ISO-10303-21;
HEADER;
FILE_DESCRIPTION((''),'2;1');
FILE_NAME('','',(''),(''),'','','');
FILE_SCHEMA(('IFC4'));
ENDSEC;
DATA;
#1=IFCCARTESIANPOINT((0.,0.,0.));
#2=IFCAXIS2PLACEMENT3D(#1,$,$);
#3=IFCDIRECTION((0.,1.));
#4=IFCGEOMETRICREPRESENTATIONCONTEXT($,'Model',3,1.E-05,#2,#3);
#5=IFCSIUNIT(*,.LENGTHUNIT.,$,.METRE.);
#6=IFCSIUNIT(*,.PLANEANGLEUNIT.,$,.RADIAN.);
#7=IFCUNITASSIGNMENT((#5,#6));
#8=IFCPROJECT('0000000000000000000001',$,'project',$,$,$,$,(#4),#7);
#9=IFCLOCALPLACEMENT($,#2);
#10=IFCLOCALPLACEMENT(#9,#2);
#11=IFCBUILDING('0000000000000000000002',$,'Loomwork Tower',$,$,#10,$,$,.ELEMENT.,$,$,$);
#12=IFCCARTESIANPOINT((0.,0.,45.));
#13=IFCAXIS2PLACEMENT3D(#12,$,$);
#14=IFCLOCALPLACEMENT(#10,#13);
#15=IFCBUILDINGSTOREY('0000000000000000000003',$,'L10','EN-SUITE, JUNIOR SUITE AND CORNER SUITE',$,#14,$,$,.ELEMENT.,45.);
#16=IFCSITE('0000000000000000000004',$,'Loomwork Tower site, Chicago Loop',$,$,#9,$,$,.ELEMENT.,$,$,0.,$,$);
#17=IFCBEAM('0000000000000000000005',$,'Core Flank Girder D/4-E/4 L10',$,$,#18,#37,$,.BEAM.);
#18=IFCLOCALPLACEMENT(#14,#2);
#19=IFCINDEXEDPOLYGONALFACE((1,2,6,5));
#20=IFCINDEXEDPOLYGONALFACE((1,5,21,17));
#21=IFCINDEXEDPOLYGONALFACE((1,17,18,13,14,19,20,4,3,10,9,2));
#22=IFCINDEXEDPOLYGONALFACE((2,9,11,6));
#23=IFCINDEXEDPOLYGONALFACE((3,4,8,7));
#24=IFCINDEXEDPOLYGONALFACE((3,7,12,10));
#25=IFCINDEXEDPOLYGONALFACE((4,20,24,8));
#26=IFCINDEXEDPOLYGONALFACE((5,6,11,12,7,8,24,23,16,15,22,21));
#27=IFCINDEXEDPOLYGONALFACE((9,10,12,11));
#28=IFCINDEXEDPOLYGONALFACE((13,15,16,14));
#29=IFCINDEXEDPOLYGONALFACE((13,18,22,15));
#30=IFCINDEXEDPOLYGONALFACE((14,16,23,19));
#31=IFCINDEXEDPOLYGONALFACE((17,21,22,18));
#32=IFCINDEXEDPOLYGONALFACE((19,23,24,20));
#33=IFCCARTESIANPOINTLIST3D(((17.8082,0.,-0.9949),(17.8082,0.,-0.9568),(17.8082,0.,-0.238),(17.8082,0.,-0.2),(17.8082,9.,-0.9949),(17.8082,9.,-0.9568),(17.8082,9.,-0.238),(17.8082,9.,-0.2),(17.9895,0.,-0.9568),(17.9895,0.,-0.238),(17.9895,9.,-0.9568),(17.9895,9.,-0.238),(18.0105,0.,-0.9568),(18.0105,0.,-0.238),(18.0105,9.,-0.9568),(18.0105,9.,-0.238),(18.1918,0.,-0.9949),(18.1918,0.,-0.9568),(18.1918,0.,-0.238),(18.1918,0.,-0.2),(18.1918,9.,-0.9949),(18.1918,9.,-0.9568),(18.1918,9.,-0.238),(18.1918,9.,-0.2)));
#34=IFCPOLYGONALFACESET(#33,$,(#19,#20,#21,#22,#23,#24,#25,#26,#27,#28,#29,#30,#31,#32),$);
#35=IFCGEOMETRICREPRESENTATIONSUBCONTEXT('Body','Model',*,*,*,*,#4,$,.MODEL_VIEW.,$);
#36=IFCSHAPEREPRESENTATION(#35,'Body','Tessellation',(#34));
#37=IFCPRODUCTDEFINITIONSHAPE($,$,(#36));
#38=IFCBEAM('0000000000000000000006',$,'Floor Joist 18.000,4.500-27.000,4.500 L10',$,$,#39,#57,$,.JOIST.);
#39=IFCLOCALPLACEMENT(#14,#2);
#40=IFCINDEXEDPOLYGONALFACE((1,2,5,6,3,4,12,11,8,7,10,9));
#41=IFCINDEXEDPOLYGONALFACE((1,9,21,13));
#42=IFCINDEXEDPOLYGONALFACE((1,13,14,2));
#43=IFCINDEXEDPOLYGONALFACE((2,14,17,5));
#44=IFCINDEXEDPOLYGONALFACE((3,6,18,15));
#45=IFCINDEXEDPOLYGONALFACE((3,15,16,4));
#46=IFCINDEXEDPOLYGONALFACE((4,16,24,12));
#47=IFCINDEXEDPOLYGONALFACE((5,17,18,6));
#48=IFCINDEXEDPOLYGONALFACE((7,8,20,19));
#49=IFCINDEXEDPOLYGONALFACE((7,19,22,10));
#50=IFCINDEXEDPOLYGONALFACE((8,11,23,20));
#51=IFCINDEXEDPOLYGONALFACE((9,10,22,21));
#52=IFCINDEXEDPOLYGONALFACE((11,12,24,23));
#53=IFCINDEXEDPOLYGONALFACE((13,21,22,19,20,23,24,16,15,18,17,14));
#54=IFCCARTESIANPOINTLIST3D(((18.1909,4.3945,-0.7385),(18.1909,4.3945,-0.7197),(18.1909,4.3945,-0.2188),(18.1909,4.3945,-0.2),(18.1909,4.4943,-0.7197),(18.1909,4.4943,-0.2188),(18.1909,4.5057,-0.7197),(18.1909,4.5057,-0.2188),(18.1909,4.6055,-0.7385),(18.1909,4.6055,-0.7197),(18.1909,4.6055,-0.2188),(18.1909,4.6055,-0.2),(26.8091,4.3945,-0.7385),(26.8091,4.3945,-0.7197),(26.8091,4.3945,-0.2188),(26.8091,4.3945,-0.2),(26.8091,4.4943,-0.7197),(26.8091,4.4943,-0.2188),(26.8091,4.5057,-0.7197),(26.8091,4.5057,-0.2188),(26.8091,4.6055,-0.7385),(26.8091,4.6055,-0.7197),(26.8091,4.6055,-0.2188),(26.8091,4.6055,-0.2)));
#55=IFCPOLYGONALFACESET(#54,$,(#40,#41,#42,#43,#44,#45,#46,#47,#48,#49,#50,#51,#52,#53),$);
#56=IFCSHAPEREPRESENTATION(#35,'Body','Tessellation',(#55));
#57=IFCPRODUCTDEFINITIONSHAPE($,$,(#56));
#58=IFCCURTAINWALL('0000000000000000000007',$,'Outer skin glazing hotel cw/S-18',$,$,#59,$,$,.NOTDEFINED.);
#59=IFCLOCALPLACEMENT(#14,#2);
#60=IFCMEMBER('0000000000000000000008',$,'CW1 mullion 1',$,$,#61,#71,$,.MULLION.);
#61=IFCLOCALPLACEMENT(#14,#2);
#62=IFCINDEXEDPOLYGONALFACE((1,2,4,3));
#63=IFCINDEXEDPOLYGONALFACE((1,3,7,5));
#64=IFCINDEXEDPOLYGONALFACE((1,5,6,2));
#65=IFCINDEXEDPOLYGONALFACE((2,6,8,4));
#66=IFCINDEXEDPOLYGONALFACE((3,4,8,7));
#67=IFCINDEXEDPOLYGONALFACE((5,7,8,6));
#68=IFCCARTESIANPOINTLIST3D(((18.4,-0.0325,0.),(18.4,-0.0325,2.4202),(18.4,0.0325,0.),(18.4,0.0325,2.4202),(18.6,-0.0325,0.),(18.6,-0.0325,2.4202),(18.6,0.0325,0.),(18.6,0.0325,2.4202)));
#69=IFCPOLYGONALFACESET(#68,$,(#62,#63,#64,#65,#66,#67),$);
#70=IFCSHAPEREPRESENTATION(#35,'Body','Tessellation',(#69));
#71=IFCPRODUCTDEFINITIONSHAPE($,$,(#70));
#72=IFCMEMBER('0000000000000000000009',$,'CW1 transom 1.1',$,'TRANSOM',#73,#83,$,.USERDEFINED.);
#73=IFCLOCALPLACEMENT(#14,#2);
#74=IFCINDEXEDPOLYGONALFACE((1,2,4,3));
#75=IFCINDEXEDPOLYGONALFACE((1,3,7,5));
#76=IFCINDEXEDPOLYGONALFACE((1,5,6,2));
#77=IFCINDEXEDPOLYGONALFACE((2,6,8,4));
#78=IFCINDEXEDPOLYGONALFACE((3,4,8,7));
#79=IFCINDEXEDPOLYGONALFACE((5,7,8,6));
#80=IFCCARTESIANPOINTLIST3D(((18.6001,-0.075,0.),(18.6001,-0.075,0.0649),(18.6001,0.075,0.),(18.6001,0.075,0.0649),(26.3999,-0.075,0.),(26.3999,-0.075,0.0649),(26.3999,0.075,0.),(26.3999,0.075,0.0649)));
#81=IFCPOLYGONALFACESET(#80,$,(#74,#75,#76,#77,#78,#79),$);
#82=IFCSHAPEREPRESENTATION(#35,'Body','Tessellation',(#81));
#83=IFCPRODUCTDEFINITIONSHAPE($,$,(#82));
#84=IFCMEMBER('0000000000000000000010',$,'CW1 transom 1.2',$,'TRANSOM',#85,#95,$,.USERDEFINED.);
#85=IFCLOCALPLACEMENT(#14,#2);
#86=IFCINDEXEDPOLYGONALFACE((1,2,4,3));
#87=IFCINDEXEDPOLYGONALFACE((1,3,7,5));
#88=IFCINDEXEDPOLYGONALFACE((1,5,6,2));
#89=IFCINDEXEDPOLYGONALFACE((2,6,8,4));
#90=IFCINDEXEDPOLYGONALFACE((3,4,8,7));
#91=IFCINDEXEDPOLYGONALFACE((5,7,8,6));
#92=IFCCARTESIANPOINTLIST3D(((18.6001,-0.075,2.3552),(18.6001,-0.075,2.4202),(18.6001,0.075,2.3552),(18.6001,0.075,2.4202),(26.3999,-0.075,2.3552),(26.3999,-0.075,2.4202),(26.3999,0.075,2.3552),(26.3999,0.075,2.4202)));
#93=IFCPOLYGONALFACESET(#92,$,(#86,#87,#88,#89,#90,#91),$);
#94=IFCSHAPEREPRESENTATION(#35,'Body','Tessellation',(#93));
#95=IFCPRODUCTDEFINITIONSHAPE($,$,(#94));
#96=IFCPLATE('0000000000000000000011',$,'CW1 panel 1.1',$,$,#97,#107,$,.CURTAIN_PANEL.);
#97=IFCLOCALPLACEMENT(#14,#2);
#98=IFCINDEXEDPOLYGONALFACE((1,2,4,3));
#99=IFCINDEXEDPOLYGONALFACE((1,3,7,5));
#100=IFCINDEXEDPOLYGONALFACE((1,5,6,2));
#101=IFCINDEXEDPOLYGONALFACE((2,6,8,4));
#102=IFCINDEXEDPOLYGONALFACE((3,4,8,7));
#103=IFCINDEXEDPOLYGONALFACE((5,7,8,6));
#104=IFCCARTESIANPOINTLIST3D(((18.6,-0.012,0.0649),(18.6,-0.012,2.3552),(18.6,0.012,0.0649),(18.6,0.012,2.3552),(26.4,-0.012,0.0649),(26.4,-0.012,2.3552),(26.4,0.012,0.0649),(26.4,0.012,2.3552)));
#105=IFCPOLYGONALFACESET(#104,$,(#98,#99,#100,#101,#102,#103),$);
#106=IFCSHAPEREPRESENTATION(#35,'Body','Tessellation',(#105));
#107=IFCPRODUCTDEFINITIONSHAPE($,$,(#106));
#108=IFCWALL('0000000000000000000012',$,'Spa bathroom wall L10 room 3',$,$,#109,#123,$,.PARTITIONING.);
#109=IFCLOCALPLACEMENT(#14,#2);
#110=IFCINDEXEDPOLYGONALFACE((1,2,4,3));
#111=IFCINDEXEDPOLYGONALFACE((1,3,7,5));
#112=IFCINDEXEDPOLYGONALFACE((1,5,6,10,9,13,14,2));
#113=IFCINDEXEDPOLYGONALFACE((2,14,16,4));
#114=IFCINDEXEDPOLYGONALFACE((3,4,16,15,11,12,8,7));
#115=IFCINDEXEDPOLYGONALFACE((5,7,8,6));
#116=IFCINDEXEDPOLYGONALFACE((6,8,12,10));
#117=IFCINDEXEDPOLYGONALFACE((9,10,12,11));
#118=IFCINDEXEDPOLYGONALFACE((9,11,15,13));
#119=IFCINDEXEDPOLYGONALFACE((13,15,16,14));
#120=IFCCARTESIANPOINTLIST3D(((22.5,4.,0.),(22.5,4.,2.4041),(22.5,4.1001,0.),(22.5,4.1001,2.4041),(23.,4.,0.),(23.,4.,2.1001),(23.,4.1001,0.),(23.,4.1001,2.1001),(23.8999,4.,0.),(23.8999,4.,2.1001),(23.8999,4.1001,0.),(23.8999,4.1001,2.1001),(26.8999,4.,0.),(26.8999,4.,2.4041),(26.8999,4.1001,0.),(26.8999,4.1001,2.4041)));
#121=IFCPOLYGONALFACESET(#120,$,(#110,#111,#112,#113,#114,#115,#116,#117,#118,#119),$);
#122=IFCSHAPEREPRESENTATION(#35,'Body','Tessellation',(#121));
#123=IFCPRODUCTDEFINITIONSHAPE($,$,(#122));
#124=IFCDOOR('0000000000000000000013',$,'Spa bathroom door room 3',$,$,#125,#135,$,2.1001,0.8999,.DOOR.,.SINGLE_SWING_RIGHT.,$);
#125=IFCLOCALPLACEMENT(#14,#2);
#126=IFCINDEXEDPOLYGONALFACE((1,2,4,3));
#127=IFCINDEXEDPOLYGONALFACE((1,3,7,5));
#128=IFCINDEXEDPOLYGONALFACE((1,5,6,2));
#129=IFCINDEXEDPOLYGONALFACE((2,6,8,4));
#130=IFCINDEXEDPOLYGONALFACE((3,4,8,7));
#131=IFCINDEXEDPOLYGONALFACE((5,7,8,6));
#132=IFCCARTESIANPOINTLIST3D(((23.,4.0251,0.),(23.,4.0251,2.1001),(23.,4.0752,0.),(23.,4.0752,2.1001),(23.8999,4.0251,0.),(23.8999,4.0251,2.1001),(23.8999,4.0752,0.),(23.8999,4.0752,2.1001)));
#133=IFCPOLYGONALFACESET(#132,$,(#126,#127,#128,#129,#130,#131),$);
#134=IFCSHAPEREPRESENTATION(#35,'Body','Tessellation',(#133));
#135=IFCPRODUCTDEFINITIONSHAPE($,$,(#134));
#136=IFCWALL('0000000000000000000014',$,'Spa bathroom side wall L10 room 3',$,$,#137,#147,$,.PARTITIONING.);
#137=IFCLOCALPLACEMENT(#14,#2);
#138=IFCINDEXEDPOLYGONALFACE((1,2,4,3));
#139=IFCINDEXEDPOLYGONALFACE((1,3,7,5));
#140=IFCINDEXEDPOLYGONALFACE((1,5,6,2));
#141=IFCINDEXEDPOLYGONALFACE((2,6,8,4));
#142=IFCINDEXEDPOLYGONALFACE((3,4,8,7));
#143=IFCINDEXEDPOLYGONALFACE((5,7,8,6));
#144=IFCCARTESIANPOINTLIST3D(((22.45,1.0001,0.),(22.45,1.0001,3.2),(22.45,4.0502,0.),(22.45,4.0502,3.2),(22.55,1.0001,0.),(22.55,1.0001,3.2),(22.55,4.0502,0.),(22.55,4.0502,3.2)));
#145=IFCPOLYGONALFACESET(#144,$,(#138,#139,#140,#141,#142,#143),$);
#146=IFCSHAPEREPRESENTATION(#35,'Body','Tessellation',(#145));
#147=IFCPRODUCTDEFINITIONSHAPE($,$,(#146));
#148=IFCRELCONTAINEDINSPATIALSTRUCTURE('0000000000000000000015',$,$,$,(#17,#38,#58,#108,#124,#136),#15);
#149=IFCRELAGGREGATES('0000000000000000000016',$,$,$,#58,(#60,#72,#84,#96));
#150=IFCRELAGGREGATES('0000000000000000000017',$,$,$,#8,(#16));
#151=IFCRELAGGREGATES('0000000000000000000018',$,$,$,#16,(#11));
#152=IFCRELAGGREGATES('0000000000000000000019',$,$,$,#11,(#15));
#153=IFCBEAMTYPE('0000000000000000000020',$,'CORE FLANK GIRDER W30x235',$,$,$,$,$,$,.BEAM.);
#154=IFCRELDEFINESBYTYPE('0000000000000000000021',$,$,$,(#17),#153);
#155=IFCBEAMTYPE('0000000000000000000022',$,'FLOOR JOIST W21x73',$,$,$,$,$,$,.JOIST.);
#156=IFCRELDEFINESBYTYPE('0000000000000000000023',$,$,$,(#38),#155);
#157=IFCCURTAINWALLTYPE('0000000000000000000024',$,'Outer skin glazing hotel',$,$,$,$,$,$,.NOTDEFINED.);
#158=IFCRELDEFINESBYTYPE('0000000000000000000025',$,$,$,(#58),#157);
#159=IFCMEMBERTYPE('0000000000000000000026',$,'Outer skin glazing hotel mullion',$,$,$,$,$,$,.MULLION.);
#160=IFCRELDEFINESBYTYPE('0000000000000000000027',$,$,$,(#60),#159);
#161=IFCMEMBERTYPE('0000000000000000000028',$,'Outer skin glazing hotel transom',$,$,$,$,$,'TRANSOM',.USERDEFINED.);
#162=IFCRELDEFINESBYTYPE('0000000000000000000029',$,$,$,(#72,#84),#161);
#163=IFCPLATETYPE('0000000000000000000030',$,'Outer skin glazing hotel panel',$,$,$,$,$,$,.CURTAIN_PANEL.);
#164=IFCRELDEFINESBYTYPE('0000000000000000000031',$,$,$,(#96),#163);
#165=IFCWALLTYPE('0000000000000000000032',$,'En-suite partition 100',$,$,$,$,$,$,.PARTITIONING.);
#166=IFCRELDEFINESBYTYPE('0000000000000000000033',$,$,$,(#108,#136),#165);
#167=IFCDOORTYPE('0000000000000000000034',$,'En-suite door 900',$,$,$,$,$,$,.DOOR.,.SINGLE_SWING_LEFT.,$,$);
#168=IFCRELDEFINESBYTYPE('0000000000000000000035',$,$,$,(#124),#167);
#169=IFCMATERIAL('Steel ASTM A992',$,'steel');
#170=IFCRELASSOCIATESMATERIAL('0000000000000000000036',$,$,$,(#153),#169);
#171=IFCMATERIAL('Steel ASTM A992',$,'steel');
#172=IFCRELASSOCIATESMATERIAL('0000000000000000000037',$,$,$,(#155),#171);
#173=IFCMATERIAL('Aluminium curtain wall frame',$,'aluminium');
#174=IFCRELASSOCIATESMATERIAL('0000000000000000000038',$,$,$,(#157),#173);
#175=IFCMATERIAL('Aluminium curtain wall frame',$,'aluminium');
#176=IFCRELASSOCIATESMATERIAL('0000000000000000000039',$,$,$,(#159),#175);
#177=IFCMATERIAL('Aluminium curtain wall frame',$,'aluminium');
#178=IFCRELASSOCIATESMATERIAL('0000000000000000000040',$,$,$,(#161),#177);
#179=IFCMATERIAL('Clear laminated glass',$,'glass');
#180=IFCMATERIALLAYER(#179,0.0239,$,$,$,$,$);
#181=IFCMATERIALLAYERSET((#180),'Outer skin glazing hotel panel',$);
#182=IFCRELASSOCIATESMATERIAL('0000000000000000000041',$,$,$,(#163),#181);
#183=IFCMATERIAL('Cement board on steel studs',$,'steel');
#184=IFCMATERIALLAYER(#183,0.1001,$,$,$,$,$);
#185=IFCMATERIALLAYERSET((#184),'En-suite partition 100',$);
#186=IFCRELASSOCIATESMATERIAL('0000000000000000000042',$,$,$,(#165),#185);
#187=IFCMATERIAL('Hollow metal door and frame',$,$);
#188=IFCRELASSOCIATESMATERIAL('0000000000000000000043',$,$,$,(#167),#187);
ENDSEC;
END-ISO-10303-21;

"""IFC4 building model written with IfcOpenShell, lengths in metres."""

from ifc_helpers import new_model, si_unit, direction, frame, frame_2d, origin, origin_2d, place, context, subcontext, project, spatial, rectangle, i_section, extrude, material, layer, layer_set, material_profile, profile_set, type_object, element, fill, aggregate, save


model = new_model("IFC4")

# Units and contexts
model_context = context("Model", 3, precision=1e-05, world=origin(), true_north=direction((0.0, 1.0)))
body_context = subcontext(model_context, "Body", "Model", "MODEL_VIEW")
ifc_project = project(units=[si_unit("LENGTHUNIT", "METRE"), si_unit("PLANEANGLEUNIT", "RADIAN")], contexts=[model_context])

# Site, building, storey
site_placement = place(None, origin())
site = spatial("IfcSite", under=ifc_project, at=site_placement, Name="Loomwork Tower site, Chicago Loop", CompositionType="ELEMENT", RefElevation=0.0)
building_placement = place(site_placement, origin())
building = spatial("IfcBuilding", under=site, at=building_placement, Name="Loomwork Tower", CompositionType="ELEMENT")
storey_placement = place(building_placement, frame((0.0, 0.0, 45.0)))
storey = spatial("IfcBuildingStorey", under=building, at=storey_placement, Name="L10", Description="EN-SUITE, JUNIOR SUITE AND CORNER SUITE", CompositionType="ELEMENT", Elevation=45.0)

# Beams
ifc_material_1 = material(Name="Steel ASTM A992", Category="steel")
ifc_material_profile_1 = material_profile(ifc_material_1, i_section(OverallWidth=0.3835, OverallDepth=0.7949, WebThickness=0.021, FlangeThickness=0.0381, at=origin_2d()), Name="W30x235")
ifc_profile_set_1 = profile_set([ifc_material_profile_1], Name="Steel ASTM A992")
beam_type_1 = type_object("IfcBeamType", Name="CORE FLANK GIRDER W30x235", PredefinedType="BEAM", material=ifc_profile_set_1)
beam_1_placement = place(storey_placement, frame((18.0, 0.0, -0.5974), z_axis=(0.0, 1.0, 0.0), x_axis=(-1.0, 0.0, 0.0)))
element("IfcBeam", 1, at=beam_1_placement, inside=storey, type_object=beam_type_1, Name="Core Flank Girder D/4-E/4 L10", PredefinedType="BEAM", context=body_context, shape_type="SweptSolid", body=[
    extrude(i_section(OverallWidth=0.3835, OverallDepth=0.7949, WebThickness=0.021, FlangeThickness=0.0381, at=origin_2d()), origin(), (0.0, 0.0, 1.0), 9.0),
])
ifc_material_2 = material(Name="Steel ASTM A992", Category="steel")
ifc_material_profile_2 = material_profile(ifc_material_2, i_section(OverallWidth=0.2109, OverallDepth=0.5386, WebThickness=0.0115, FlangeThickness=0.0188, at=origin_2d()), Name="W21x73")
ifc_profile_set_2 = profile_set([ifc_material_profile_2], Name="Steel ASTM A992")
beam_type_2 = type_object("IfcBeamType", Name="FLOOR JOIST W21x73", PredefinedType="JOIST", material=ifc_profile_set_2)
beam_2_placement = place(storey_placement, frame((18.1909, 4.5, -0.4692), z_axis=(1.0, 0.0, 0.0), x_axis=(0.0, 1.0, 0.0)))
element("IfcBeam", 2, at=beam_2_placement, inside=storey, type_object=beam_type_2, Name="Floor Joist 18.000,4.500-27.000,4.500 L10", PredefinedType="JOIST", context=body_context, shape_type="SweptSolid", body=[
    extrude(i_section(OverallWidth=0.2109, OverallDepth=0.5386, WebThickness=0.0115, FlangeThickness=0.0188, at=origin_2d()), origin(), (0.0, 0.0, 1.0), 8.6182),
])

# Curtain wall, members, plate
ifc_material_3 = material(Name="Aluminium curtain wall frame", Category="aluminium")
curtain_wall_type = type_object("IfcCurtainWallType", Name="Outer skin glazing hotel", PredefinedType="NOTDEFINED", material=ifc_material_3)
curtain_wall_placement = place(storey_placement, origin())
curtain_wall = element("IfcCurtainWall", 3, at=curtain_wall_placement, inside=storey, type_object=curtain_wall_type, Name="Outer skin glazing hotel cw/S-18", PredefinedType="NOTDEFINED")
ifc_material_4 = material(Name="Aluminium curtain wall frame", Category="aluminium")
ifc_material_profile_3 = material_profile(ifc_material_4, rectangle(XDim=0.0649, YDim=0.2, at=origin_2d()), Name="AL 65x200")
ifc_profile_set_3 = profile_set([ifc_material_profile_3], Name="Aluminium curtain wall frame")
member_type_1 = type_object("IfcMemberType", Name="Outer skin glazing hotel mullion", PredefinedType="MULLION", material=ifc_profile_set_3)
member_1_placement = place(storey_placement, frame((18.5, 0.0, 0.0), z_axis=(0.0, 0.0, 1.0), x_axis=(0.0, 1.0, 0.0)))
member_1 = element("IfcMember", 4, at=member_1_placement, type_object=member_type_1, Name="CW1 mullion 1", PredefinedType="MULLION", context=body_context, shape_type="SweptSolid", body=[
    extrude(rectangle(XDim=0.0649, YDim=0.2, at=origin_2d()), origin(), (0.0, 0.0, 1.0), 2.4202),
])
ifc_material_5 = material(Name="Aluminium curtain wall frame", Category="aluminium")
ifc_material_profile_4 = material_profile(ifc_material_5, rectangle(XDim=0.1499, YDim=0.0649, at=origin_2d()), Name="AL 65x150")
ifc_profile_set_4 = profile_set([ifc_material_profile_4], Name="Aluminium curtain wall frame")
member_type_2 = type_object("IfcMemberType", Name="Outer skin glazing hotel transom", ElementType="TRANSOM", PredefinedType="USERDEFINED", material=ifc_profile_set_4)
member_2_placement = place(storey_placement, frame((18.6001, 0.0, 0.0325), z_axis=(1.0, 0.0, 0.0), x_axis=(0.0, 1.0, 0.0)))
member_2 = element("IfcMember", 5, at=member_2_placement, type_object=member_type_2, Name="CW1 transom 1.1", ObjectType="TRANSOM", PredefinedType="USERDEFINED", context=body_context, shape_type="SweptSolid", body=[
    extrude(rectangle(XDim=0.1499, YDim=0.0649, at=origin_2d()), origin(), (0.0, 0.0, 1.0), 7.7998),
])
member_3_placement = place(storey_placement, frame((18.6001, 0.0, 2.3877), z_axis=(1.0, 0.0, 0.0), x_axis=(0.0, 1.0, 0.0)))
member_3 = element("IfcMember", 6, at=member_3_placement, type_object=member_type_2, Name="CW1 transom 1.2", ObjectType="TRANSOM", PredefinedType="USERDEFINED", context=body_context, shape_type="SweptSolid", body=[
    extrude(rectangle(XDim=0.1499, YDim=0.0649, at=origin_2d()), origin(), (0.0, 0.0, 1.0), 7.7998),
])
ifc_material_6 = material(Name="Clear laminated glass", Category="glass")
ifc_layer_1 = layer(ifc_material_6, 0.0239)
ifc_layer_set_1 = layer_set([ifc_layer_1], Name="Outer skin glazing hotel panel")
plate_type = type_object("IfcPlateType", Name="Outer skin glazing hotel panel", PredefinedType="CURTAIN_PANEL", material=ifc_layer_set_1)
plate_placement = place(storey_placement, frame((22.5, 0.0, 0.0649), z_axis=(0.0, 0.0, 1.0), x_axis=(1.0, 0.0, 0.0)))
plate = element("IfcPlate", 7, at=plate_placement, type_object=plate_type, Name="CW1 panel 1.1", PredefinedType="CURTAIN_PANEL", context=body_context, shape_type="SweptSolid", body=[
    extrude(rectangle(XDim=7.8, YDim=0.0239, at=origin_2d()), origin(), (0.0, 0.0, 1.0), 2.2903),
])
aggregate(curtain_wall, [member_1, member_2, member_3, plate])

# Wall, opening, door
ifc_material_7 = material(Name="Cement board on steel studs", Category="steel")
ifc_layer_2 = layer(ifc_material_7, 0.1001)
ifc_layer_set_2 = layer_set([ifc_layer_2], Name="En-suite partition 100")
wall_type_1 = type_object("IfcWallType", Name="En-suite partition 100", PredefinedType="PARTITIONING", material=ifc_layer_set_2)
wall_1_placement = place(storey_placement, frame((22.5, 4.05, 0.0), z_axis=(0.0, 0.0, 1.0), x_axis=(1.0, 0.0, 0.0)))
wall_1 = element("IfcWall", 8, at=wall_1_placement, inside=storey, type_object=wall_type_1, Name="Spa bathroom wall L10 room 3", PredefinedType="PARTITIONING", context=body_context, shape_type="SweptSolid", body=[
    extrude(rectangle(XDim=4.3999, YDim=0.1001, at=frame_2d((2.2, 0.0))), origin(), (0.0, 0.0, 1.0), 2.4041),
])
opening_1_placement = place(wall_1_placement, frame((0.5, 0.0, 0.0)))
opening_1 = element("IfcOpeningElement", 9, at=opening_1_placement, cuts=wall_1, PredefinedType="OPENING", context=body_context, shape_type="SweptSolid", body=[
    extrude(rectangle(XDim=0.8999, YDim=2.1001, at=frame_2d((0.45, 1.05))), frame((0.0, 0.0601, 0.0), z_axis=(0.0, -1.0, 0.0), x_axis=(1.0, 0.0, 0.0)), (0.0, 0.0, 1.0), 0.1201),
])
ifc_material_8 = material(Name="Hollow metal door and frame")
door_type = type_object("IfcDoorType", Name="En-suite door 900", OperationType="SINGLE_SWING_LEFT", PredefinedType="DOOR", material=ifc_material_8)
door_placement = place(opening_1_placement, frame((0.8999, 0.0, 0.0), z_axis=(0.0, 0.0, 1.0), x_axis=(-1.0, 0.0, 0.0)))
door = element("IfcDoor", 10, at=door_placement, inside=storey, type_object=door_type, Name="Spa bathroom door room 3", OperationType="SINGLE_SWING_RIGHT", OverallHeight=2.1001, OverallWidth=0.8999, PredefinedType="DOOR", context=body_context, shape_type="SweptSolid", body=[
    extrude(rectangle(XDim=0.8999, YDim=2.1001, at=frame_2d((0.45, 1.05))), frame((0.0, 0.0249, 0.0), z_axis=(0.0, -1.0, 0.0), x_axis=(1.0, 0.0, 0.0)), (0.0, 0.0, 1.0), 0.05),
])
fill(opening_1, door)

# Wall
wall_2_placement = place(storey_placement, frame((22.5, 4.05, 0.0), z_axis=(0.0, 0.0, 1.0), x_axis=(0.0, -1.0, 0.0)))
element("IfcWall", 11, at=wall_2_placement, inside=storey, type_object=wall_type_1, Name="Spa bathroom side wall L10 room 3", PredefinedType="PARTITIONING", context=body_context, shape_type="SweptSolid", body=[
    extrude(rectangle(XDim=3.05, YDim=0.1001, at=frame_2d((1.5249, 0.0))), origin(), (0.0, 0.0, 1.0), 3.2),
])

save(model, "model.ifc")
